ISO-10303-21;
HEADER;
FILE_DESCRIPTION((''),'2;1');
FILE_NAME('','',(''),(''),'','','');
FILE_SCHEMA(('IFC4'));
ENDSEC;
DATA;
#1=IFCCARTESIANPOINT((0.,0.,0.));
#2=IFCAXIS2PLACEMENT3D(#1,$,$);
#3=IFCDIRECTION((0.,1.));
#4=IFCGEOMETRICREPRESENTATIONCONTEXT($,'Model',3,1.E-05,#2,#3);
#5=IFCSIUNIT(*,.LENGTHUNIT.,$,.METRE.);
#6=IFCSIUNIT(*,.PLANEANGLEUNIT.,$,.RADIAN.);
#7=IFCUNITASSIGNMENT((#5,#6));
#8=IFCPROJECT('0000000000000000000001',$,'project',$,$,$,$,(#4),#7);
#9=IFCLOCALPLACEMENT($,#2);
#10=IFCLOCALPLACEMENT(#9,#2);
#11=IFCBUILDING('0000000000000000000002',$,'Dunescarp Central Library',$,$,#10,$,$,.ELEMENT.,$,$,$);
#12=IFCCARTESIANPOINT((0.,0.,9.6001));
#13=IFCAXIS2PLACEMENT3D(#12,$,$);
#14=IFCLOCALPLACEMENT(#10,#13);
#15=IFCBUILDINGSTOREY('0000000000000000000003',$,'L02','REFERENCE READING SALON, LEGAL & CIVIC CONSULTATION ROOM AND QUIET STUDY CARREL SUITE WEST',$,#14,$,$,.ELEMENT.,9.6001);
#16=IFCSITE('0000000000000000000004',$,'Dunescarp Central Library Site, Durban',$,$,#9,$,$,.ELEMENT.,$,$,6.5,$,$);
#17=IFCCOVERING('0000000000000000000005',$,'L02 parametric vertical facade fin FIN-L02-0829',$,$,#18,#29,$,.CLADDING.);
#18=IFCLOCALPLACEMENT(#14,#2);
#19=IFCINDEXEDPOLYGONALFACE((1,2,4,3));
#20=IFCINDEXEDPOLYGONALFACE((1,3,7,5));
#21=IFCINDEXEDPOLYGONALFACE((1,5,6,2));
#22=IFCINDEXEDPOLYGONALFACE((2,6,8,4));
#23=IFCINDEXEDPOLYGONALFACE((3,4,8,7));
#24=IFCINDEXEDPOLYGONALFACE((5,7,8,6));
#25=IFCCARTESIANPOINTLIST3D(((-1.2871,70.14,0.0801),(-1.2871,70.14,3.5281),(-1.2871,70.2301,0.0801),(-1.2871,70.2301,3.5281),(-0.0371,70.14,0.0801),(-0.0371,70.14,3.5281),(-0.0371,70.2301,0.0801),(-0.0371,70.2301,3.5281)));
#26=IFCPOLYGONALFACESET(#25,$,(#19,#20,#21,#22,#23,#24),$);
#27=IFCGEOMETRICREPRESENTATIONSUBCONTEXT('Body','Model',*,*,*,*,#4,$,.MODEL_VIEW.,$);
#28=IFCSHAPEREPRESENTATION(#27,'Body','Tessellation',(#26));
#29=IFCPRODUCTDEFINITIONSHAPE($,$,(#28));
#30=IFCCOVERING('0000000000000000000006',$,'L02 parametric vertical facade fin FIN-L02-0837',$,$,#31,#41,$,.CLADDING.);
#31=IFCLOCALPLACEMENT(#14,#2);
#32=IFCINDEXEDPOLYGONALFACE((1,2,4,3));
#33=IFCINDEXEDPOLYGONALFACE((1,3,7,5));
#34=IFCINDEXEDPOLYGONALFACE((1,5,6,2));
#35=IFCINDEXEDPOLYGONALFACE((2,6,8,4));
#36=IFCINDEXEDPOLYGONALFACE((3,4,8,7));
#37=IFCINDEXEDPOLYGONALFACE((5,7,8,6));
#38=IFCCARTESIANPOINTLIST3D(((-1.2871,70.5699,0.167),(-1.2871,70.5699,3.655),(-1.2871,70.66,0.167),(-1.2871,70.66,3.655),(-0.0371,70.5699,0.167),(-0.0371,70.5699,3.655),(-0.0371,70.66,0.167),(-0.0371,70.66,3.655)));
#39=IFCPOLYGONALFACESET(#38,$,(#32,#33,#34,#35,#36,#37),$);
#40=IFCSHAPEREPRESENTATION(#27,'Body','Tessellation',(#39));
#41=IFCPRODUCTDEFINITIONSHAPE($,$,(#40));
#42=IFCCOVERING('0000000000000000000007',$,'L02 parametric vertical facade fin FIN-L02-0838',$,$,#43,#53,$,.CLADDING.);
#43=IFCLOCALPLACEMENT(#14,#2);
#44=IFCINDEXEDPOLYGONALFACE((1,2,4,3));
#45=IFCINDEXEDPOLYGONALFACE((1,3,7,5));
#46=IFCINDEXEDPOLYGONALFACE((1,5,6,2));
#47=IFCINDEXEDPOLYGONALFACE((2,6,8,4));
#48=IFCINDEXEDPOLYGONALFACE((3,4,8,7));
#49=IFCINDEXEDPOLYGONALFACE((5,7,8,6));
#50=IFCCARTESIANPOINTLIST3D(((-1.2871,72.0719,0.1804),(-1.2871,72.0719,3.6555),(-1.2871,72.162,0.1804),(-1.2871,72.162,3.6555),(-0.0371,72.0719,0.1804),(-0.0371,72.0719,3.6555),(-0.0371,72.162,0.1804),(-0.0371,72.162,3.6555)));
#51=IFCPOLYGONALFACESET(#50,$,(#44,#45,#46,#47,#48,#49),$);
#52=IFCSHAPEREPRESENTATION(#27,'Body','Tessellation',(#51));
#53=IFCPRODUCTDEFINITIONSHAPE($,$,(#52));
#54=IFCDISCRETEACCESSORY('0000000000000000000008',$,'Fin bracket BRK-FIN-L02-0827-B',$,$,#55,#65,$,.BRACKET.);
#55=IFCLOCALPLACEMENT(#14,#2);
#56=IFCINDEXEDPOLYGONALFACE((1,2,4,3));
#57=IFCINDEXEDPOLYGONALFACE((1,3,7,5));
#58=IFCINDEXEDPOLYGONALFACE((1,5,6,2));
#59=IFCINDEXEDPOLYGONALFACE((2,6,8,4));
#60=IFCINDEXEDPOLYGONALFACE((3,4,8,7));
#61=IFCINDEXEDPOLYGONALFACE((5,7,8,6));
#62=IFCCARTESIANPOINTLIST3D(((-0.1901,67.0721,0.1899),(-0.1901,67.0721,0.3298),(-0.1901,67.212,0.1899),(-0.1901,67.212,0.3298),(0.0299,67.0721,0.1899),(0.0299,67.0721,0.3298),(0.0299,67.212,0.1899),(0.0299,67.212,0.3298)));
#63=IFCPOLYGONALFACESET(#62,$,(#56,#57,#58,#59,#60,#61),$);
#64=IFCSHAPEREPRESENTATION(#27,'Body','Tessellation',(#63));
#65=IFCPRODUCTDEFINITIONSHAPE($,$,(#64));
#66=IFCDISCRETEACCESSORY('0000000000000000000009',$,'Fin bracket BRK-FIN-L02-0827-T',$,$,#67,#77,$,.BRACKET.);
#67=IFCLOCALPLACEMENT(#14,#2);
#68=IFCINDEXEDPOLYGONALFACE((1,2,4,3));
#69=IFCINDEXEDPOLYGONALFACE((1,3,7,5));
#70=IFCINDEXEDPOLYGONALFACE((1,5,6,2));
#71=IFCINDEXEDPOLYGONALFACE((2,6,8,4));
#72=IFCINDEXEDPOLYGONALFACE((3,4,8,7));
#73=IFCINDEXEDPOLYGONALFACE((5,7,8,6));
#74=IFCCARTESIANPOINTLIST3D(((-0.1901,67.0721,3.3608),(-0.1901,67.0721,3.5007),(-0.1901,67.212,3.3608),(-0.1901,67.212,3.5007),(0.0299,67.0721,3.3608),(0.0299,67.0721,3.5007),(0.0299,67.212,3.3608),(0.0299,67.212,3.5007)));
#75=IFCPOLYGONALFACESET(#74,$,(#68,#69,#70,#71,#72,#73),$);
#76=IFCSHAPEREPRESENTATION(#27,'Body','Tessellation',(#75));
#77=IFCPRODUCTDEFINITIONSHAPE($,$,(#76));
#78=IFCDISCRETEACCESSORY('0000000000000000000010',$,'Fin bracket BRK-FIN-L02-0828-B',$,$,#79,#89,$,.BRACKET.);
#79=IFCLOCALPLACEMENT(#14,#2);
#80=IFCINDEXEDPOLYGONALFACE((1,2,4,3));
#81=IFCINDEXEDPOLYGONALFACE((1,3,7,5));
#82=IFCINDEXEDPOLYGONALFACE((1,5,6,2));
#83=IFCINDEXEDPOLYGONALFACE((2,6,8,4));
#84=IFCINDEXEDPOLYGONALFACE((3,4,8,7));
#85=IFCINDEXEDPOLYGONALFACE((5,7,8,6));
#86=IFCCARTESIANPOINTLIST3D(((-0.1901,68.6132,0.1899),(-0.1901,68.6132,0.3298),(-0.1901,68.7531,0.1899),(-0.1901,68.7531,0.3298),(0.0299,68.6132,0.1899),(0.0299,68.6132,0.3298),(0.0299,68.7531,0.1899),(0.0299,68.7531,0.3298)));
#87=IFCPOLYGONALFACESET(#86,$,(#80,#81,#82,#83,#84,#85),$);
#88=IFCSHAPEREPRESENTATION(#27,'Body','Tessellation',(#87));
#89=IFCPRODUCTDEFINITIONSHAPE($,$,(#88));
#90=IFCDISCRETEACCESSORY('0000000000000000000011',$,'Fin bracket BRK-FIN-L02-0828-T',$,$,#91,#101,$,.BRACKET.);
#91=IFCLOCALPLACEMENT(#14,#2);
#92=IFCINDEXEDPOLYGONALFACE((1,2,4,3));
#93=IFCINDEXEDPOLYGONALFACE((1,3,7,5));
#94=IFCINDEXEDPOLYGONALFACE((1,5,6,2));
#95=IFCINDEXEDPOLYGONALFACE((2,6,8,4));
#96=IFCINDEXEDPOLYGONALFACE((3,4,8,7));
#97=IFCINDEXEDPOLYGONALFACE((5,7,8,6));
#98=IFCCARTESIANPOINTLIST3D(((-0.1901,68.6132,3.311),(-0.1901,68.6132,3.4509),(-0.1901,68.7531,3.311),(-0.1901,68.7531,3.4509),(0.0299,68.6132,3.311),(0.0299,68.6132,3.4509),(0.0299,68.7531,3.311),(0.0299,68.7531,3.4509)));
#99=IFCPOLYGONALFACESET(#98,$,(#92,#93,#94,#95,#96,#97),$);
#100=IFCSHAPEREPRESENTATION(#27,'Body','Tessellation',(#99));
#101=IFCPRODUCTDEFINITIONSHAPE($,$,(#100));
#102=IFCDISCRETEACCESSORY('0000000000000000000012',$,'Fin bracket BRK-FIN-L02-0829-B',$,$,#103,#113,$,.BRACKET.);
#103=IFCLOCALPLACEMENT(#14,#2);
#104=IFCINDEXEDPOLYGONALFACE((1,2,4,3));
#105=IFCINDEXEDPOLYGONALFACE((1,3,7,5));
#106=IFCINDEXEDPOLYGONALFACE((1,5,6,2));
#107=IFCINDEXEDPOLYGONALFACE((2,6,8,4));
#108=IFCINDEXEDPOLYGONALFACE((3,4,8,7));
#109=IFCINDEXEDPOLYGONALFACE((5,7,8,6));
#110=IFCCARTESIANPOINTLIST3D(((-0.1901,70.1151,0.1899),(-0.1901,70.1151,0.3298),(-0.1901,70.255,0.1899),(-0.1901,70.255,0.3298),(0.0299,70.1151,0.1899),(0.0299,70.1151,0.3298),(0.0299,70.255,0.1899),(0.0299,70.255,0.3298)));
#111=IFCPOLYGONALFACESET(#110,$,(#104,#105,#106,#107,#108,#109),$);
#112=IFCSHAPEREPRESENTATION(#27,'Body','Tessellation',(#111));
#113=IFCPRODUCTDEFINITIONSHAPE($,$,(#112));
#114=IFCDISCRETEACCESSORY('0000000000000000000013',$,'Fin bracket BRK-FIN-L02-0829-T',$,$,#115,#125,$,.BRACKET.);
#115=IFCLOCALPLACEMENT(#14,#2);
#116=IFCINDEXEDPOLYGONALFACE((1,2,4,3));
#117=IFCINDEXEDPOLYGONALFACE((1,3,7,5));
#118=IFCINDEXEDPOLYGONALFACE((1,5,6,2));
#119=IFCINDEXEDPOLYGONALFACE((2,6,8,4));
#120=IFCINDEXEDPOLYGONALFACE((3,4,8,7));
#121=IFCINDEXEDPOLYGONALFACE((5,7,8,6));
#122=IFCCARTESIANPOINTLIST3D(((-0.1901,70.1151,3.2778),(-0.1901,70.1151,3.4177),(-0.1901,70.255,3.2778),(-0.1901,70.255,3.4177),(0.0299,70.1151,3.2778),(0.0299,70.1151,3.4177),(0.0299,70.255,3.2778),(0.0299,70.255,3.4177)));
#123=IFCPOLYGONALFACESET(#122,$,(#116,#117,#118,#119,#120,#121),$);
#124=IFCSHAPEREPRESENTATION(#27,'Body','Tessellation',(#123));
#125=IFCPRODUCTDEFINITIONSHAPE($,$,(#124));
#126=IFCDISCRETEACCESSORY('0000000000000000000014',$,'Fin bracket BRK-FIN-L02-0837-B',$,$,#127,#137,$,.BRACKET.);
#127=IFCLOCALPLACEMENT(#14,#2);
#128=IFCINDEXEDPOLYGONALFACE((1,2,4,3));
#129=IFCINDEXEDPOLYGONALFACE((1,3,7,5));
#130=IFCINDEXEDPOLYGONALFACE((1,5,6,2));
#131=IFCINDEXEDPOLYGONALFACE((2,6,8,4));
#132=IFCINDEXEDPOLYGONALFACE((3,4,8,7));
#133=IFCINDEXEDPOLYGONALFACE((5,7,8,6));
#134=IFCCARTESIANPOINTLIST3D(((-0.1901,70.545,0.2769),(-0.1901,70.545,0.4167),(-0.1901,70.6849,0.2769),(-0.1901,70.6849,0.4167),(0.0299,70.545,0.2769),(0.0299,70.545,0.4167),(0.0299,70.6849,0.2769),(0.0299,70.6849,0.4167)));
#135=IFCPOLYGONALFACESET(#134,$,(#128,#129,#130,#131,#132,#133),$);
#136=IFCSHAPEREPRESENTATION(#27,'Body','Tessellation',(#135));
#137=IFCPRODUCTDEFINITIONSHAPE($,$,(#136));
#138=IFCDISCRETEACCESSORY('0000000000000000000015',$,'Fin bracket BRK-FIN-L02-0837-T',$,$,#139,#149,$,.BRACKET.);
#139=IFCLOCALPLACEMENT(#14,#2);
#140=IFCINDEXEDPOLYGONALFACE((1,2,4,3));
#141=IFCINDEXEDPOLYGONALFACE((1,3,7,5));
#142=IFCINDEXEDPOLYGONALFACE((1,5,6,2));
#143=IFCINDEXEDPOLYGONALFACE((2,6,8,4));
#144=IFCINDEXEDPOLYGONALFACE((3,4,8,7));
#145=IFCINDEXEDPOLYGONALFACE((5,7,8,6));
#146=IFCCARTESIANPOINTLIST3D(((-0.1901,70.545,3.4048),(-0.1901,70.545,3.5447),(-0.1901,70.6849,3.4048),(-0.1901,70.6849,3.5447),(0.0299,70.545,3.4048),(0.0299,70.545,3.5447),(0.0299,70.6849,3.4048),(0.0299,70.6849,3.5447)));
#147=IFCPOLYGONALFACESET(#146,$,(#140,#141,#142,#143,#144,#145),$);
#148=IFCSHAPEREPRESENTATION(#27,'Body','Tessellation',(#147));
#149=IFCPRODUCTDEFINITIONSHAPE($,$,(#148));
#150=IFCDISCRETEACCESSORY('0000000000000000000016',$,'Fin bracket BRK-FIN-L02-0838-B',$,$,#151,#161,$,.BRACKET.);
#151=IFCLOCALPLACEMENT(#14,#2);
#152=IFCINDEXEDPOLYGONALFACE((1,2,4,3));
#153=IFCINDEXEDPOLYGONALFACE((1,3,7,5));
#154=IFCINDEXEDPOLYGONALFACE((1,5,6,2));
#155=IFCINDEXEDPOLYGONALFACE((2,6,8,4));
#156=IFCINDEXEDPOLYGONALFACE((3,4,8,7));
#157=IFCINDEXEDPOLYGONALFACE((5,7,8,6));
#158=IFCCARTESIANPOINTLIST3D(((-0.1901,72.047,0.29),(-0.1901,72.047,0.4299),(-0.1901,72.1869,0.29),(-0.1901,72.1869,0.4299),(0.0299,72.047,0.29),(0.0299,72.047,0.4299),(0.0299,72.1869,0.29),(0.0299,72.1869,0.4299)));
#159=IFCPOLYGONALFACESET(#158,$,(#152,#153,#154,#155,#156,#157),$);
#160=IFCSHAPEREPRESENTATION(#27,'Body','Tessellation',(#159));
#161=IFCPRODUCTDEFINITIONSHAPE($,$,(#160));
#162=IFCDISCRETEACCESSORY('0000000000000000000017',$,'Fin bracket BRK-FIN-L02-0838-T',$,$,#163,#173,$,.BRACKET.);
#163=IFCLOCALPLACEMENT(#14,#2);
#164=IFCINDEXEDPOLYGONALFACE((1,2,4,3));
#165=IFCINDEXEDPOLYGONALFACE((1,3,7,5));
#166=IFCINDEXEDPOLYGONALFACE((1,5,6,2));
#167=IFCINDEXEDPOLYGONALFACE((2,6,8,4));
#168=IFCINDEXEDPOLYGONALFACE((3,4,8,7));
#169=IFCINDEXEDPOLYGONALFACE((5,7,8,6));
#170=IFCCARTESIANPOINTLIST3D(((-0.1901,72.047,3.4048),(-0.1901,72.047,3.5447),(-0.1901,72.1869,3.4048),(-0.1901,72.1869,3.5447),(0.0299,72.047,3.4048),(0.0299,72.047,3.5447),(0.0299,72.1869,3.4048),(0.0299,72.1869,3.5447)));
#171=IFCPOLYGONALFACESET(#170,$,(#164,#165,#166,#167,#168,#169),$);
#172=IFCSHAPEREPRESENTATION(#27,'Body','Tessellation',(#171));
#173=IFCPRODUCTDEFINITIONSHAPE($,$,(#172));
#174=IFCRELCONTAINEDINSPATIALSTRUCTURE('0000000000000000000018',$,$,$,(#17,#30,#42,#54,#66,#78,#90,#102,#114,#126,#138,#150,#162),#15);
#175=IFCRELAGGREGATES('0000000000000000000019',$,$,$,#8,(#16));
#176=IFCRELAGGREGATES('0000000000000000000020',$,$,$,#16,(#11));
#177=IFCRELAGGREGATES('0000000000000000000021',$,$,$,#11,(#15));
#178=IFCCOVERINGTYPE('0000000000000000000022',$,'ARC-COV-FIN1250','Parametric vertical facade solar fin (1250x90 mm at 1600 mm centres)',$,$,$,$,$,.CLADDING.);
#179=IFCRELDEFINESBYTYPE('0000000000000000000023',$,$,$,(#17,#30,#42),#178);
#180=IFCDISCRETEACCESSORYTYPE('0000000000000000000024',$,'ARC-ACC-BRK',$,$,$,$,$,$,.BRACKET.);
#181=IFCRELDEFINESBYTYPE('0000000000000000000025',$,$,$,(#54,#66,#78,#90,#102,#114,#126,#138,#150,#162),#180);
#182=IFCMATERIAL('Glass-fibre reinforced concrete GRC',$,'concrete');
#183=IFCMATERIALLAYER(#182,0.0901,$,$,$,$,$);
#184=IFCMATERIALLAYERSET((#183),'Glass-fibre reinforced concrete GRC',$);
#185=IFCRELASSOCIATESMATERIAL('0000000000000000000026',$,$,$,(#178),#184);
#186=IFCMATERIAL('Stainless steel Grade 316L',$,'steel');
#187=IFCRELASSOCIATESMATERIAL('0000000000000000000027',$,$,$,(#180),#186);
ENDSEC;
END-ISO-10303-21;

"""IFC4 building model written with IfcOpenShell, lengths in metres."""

from ifc_helpers import new_model, si_unit, direction, frame, origin, origin_2d, place, context, subcontext, project, spatial, rectangle, extrude, material, layer, layer_set, type_object, element, save


model = new_model("IFC4")

# Units and contexts
model_context = context("Model", 3, precision=1e-05, world=origin(), true_north=direction((0.0, 1.0)))
body_context = subcontext(model_context, "Body", "Model", "MODEL_VIEW")
ifc_project = project(units=[si_unit("LENGTHUNIT", "METRE"), si_unit("PLANEANGLEUNIT", "RADIAN")], contexts=[model_context])

# Site, building, storey
site_placement = place(None, origin())
site = spatial("IfcSite", under=ifc_project, at=site_placement, Name="Dunescarp Central Library Site, Durban", CompositionType="ELEMENT", RefElevation=6.5)
building_placement = place(site_placement, origin())
building = spatial("IfcBuilding", under=site, at=building_placement, Name="Dunescarp Central Library", CompositionType="ELEMENT")
storey_placement = place(building_placement, frame((0.0, 0.0, 9.6001)))
storey = spatial("IfcBuildingStorey", under=building, at=storey_placement, Name="L02", Description="REFERENCE READING SALON, LEGAL & CIVIC CONSULTATION ROOM AND QUIET STUDY CARREL SUITE WEST", CompositionType="ELEMENT", Elevation=9.6001)

# Coverings
ifc_material_1 = material(Name="Glass-fibre reinforced concrete GRC", Category="concrete")
ifc_layer_1 = layer(ifc_material_1, 0.0901)
ifc_layer_set_1 = layer_set([ifc_layer_1], Name="Glass-fibre reinforced concrete GRC")
covering_type = type_object("IfcCoveringType", Name="ARC-COV-FIN1250", Description="Parametric vertical facade solar fin (1250x90 mm at 1600 mm centres)", PredefinedType="CLADDING", material=ifc_layer_set_1)
covering_1_placement = place(storey_placement, frame((-0.6621, 70.1851, 0.0801), z_axis=(0.0, 0.0, 1.0), x_axis=(-1.0, 0.0, 0.0)))
element("IfcCovering", 1, at=covering_1_placement, inside=storey, type_object=covering_type, Name="L02 parametric vertical facade fin FIN-L02-0829", PredefinedType="CLADDING", context=body_context, shape_type="SweptSolid", body=[
    extrude(rectangle(XDim=1.25, YDim=0.0901, at=origin_2d()), origin(), (0.0, 0.0, 1.0), 3.448),
])
covering_2_placement = place(storey_placement, frame((-0.6621, 70.615, 0.167), z_axis=(0.0, 0.0, 1.0), x_axis=(-1.0, 0.0, 0.0)))
element("IfcCovering", 2, at=covering_2_placement, inside=storey, type_object=covering_type, Name="L02 parametric vertical facade fin FIN-L02-0837", PredefinedType="CLADDING", context=body_context, shape_type="SweptSolid", body=[
    extrude(rectangle(XDim=1.25, YDim=0.0901, at=origin_2d()), origin(), (0.0, 0.0, 1.0), 3.488),
])
covering_3_placement = place(storey_placement, frame((-0.6621, 72.1169, 0.1804), z_axis=(0.0, 0.0, 1.0), x_axis=(-1.0, 0.0, 0.0)))
element("IfcCovering", 3, at=covering_3_placement, inside=storey, type_object=covering_type, Name="L02 parametric vertical facade fin FIN-L02-0838", PredefinedType="CLADDING", context=body_context, shape_type="SweptSolid", body=[
    extrude(rectangle(XDim=1.25, YDim=0.0901, at=origin_2d()), origin(), (0.0, 0.0, 1.0), 3.4751),
])

# Discrete accessories
ifc_material_2 = material(Name="Stainless steel Grade 316L", Category="steel")
discrete_accessory_type = type_object("IfcDiscreteAccessoryType", Name="ARC-ACC-BRK", PredefinedType="BRACKET", material=ifc_material_2)
for number, where, z_axis, x_axis, name in (
    (4, (-0.0801, 67.1421, 0.1899), (0.0, 0.0, 1.0), (-1.0, 0.0, 0.0), "Fin bracket BRK-FIN-L02-0827-B"),
    (5, (-0.0801, 67.1421, 3.3608), (0.0, 0.0, 1.0), (-1.0, 0.0, 0.0), "Fin bracket BRK-FIN-L02-0827-T"),
    (6, (-0.0801, 68.6831, 0.1899), (0.0, 0.0, 1.0), (-1.0, 0.0, 0.0), "Fin bracket BRK-FIN-L02-0828-B"),
    (7, (-0.0801, 68.6831, 3.311), (0.0, 0.0, 1.0), (-1.0, 0.0, 0.0), "Fin bracket BRK-FIN-L02-0828-T"),
    (8, (-0.0801, 70.1851, 0.1899), (0.0, 0.0, 1.0), (-1.0, 0.0, 0.0), "Fin bracket BRK-FIN-L02-0829-B"),
    (9, (-0.0801, 70.1851, 3.2778), (0.0, 0.0, 1.0), (-1.0, 0.0, 0.0), "Fin bracket BRK-FIN-L02-0829-T"),
    (10, (-0.0801, 70.615, 0.2769), (0.0, 0.0, 1.0), (-1.0, 0.0, 0.0), "Fin bracket BRK-FIN-L02-0837-B"),
    (11, (-0.0801, 70.615, 3.4048), (0.0, 0.0, 1.0), (-1.0, 0.0, 0.0), "Fin bracket BRK-FIN-L02-0837-T"),
    (12, (-0.0801, 72.1169, 0.29), (0.0, 0.0, 1.0), (-1.0, 0.0, 0.0), "Fin bracket BRK-FIN-L02-0838-B"),
    (13, (-0.0801, 72.1169, 3.4048), (0.0, 0.0, 1.0), (-1.0, 0.0, 0.0), "Fin bracket BRK-FIN-L02-0838-T"),
):
    element("IfcDiscreteAccessory", number, at=place(storey_placement, frame(where, z_axis=z_axis, x_axis=x_axis)), inside=storey, type_object=discrete_accessory_type, Name=name, PredefinedType="BRACKET", context=body_context, shape_type="SweptSolid", body=[
        extrude(rectangle(XDim=0.22, YDim=0.1399, at=origin_2d()), origin(), (0.0, 0.0, 1.0), 0.1399),
    ])

save(model, "model.ifc")
